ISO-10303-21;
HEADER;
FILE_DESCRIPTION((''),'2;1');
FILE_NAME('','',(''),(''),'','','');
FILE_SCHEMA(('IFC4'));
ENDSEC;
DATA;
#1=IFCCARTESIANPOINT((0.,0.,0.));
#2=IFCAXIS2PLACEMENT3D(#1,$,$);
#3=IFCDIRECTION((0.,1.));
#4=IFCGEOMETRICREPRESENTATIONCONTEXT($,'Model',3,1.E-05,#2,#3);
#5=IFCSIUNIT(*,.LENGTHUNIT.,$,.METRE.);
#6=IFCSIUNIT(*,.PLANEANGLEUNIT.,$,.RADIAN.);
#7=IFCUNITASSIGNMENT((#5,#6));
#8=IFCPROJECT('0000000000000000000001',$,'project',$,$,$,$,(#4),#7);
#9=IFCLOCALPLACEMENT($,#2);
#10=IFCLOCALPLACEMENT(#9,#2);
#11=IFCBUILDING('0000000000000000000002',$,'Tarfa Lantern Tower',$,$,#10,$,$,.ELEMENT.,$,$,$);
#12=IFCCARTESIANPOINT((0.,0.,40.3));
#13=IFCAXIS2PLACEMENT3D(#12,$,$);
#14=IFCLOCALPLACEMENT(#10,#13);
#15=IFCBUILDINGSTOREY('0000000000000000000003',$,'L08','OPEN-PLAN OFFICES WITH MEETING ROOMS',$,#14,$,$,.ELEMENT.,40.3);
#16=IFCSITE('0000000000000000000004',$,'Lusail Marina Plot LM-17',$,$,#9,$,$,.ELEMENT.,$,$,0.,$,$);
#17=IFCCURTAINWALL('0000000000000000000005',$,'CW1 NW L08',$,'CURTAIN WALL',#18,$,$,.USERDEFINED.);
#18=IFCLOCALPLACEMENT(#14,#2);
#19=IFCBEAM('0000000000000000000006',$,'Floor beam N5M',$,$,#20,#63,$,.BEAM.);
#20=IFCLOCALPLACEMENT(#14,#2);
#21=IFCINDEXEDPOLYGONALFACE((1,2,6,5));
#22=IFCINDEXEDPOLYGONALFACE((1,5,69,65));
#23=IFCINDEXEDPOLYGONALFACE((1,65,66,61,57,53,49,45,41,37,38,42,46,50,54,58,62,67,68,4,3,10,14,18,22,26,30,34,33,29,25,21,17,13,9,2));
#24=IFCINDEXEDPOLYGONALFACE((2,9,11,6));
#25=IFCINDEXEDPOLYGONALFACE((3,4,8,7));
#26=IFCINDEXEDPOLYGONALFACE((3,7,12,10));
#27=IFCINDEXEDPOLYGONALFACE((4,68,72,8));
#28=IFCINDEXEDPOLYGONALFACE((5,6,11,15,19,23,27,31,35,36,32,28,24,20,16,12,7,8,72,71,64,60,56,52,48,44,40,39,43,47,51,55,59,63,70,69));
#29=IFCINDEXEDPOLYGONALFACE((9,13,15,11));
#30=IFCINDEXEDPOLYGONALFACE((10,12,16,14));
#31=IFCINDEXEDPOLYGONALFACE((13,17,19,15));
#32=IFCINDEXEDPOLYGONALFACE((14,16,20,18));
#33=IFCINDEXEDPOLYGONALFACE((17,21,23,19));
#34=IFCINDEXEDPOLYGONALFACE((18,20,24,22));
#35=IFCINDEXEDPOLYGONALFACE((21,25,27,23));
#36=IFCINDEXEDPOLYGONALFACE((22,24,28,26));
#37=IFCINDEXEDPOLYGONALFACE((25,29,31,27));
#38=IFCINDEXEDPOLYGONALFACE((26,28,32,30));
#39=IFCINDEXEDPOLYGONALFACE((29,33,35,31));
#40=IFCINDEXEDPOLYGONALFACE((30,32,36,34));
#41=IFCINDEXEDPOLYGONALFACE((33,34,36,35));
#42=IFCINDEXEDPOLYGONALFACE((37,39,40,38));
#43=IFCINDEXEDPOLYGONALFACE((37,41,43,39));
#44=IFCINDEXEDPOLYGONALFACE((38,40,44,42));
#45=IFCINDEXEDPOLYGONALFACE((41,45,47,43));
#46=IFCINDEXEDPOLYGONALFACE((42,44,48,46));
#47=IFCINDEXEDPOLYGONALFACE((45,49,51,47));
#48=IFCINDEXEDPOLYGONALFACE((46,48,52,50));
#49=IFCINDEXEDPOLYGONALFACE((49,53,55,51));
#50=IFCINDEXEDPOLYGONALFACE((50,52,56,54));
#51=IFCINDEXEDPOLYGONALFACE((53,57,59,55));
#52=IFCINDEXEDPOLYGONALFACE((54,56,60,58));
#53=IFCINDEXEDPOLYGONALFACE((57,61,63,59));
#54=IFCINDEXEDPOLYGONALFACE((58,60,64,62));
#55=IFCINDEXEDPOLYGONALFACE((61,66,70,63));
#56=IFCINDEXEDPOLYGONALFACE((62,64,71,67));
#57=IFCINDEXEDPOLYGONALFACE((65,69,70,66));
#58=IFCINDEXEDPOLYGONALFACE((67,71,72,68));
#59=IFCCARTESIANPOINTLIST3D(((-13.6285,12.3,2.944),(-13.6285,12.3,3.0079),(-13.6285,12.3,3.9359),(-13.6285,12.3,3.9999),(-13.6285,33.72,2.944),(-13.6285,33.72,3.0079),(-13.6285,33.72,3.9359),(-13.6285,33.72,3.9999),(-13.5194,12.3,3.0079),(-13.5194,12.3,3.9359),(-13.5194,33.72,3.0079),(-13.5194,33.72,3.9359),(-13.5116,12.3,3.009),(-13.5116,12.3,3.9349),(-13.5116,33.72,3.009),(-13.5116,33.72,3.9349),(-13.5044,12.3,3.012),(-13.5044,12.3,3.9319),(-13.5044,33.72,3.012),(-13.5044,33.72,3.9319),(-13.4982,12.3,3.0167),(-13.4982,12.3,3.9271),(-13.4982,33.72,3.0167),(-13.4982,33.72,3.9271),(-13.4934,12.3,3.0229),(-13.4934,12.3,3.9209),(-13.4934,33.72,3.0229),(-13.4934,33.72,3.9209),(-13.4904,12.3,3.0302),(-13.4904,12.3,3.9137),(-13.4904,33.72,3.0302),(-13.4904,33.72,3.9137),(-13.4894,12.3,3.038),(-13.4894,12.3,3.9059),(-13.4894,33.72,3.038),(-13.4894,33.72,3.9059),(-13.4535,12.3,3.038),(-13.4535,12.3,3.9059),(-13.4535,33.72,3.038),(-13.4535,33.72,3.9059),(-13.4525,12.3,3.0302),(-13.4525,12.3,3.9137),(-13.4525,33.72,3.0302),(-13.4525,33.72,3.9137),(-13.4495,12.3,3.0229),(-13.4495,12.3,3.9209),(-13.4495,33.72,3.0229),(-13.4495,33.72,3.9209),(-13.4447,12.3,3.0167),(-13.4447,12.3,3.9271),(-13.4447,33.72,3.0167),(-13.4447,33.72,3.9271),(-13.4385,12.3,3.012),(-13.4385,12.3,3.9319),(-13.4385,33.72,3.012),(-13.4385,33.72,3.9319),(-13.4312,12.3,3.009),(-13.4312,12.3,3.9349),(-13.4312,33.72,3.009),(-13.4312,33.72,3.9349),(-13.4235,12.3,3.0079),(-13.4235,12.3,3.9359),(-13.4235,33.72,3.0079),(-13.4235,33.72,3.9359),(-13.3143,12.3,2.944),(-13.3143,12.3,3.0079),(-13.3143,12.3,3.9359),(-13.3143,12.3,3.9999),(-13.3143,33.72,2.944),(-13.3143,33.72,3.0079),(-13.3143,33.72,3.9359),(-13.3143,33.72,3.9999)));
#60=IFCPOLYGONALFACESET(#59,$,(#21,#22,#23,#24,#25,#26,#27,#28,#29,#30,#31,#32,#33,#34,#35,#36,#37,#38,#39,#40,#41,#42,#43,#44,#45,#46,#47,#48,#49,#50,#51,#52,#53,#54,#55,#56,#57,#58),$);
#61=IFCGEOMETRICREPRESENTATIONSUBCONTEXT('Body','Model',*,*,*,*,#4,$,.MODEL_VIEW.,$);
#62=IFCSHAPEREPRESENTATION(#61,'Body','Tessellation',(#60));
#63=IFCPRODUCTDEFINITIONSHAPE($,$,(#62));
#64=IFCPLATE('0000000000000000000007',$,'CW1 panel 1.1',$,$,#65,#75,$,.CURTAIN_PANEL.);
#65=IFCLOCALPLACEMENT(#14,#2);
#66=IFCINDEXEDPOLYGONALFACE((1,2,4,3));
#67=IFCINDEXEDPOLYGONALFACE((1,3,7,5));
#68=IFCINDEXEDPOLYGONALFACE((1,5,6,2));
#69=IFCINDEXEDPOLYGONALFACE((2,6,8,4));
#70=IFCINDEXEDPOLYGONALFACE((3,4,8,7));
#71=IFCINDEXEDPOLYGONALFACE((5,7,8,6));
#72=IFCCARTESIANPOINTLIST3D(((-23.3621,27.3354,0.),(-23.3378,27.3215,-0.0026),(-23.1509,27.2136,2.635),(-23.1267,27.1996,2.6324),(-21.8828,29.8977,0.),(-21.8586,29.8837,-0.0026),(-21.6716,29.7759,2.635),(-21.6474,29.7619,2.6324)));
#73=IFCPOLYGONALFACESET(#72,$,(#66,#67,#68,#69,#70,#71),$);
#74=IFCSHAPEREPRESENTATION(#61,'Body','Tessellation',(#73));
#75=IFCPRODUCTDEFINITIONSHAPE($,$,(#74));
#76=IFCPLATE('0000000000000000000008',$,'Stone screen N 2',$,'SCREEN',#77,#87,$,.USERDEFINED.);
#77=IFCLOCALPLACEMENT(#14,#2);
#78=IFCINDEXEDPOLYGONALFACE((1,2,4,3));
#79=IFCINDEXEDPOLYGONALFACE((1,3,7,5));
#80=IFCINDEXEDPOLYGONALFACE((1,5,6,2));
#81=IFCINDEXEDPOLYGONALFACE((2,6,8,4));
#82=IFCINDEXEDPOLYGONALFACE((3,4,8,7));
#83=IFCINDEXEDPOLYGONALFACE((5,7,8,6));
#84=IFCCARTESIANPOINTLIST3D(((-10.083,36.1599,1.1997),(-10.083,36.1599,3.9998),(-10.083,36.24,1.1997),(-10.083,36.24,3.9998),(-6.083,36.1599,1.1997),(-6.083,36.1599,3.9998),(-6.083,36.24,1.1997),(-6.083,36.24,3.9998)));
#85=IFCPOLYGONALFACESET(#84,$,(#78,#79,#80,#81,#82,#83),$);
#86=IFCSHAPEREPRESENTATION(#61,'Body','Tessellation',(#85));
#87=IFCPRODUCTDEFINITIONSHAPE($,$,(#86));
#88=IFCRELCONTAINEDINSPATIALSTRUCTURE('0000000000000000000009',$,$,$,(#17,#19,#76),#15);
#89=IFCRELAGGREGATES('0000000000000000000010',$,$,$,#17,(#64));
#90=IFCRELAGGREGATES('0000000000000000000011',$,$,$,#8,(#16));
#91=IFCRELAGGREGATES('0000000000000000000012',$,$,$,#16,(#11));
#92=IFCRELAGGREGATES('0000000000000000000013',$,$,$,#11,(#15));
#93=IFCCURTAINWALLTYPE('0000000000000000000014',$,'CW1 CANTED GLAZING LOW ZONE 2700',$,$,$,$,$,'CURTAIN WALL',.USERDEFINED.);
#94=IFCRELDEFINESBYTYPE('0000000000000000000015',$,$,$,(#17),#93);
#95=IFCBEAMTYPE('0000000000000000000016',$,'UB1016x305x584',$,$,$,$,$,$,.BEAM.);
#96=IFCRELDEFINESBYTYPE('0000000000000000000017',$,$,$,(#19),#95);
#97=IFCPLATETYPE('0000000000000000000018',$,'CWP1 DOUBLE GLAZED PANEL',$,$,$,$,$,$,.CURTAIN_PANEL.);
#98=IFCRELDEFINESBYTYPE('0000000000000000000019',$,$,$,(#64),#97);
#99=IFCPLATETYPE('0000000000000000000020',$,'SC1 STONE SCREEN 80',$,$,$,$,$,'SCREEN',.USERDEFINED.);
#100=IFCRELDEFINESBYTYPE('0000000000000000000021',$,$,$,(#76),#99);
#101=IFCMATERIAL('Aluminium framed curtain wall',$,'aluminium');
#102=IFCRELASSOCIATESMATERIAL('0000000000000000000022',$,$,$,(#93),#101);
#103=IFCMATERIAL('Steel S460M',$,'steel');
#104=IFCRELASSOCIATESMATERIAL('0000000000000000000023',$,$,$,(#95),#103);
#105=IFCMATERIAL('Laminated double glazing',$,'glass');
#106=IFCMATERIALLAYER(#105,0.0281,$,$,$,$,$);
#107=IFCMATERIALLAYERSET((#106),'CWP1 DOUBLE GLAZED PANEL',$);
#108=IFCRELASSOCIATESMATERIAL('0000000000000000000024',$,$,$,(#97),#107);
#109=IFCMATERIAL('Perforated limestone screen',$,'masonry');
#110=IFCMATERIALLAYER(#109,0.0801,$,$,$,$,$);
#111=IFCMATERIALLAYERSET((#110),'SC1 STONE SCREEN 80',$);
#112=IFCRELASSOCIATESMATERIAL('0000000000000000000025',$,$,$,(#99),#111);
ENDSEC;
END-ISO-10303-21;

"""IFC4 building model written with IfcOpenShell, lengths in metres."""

from ifc_helpers import new_model, si_unit, direction, frame, origin, origin_2d, place, context, subcontext, project, spatial, polyline, rectangle, i_section, outline, extrude, material, layer, layer_set, material_profile, profile_set, type_object, element, aggregate, save


model = new_model("IFC4")

# Units and contexts
model_context = context("Model", 3, precision=1e-05, world=origin(), true_north=direction((0.0, 1.0)))
body_context = subcontext(model_context, "Body", "Model", "MODEL_VIEW")
ifc_project = project(units=[si_unit("LENGTHUNIT", "METRE"), si_unit("PLANEANGLEUNIT", "RADIAN")], contexts=[model_context])

# Site, building, storey
site_placement = place(None, origin())
site = spatial("IfcSite", under=ifc_project, at=site_placement, Name="Lusail Marina Plot LM-17", CompositionType="ELEMENT", RefElevation=0.0)
building_placement = place(site_placement, origin())
building = spatial("IfcBuilding", under=site, at=building_placement, Name="Tarfa Lantern Tower", CompositionType="ELEMENT")
storey_placement = place(building_placement, frame((0.0, 0.0, 40.3)))
storey = spatial("IfcBuildingStorey", under=building, at=storey_placement, Name="L08", Description="OPEN-PLAN OFFICES WITH MEETING ROOMS", CompositionType="ELEMENT", Elevation=40.3)

# Curtain wall
ifc_material_1 = material(Name="Aluminium framed curtain wall", Category="aluminium")
curtain_wall_type = type_object("IfcCurtainWallType", Name="CW1 CANTED GLAZING LOW ZONE 2700", ElementType="CURTAIN WALL", PredefinedType="USERDEFINED", material=ifc_material_1)
curtain_wall_placement = place(storey_placement, origin())
curtain_wall = element("IfcCurtainWall", 1, at=curtain_wall_placement, inside=storey, type_object=curtain_wall_type, Name="CW1 NW L08", ObjectType="CURTAIN WALL", PredefinedType="USERDEFINED")

# Beam
ifc_material_2 = material(Name="Steel S460M", Category="steel")
ifc_material_profile_1 = material_profile(ifc_material_2, i_section(OverallWidth=0.3142, OverallDepth=1.0559, WebThickness=0.0359, FlangeThickness=0.064, FilletRadius=0.03, at=origin_2d()), Name="UB1016x305x584")
ifc_profile_set_1 = profile_set([ifc_material_profile_1], Name="Steel S460M")
beam_type_1 = type_object("IfcBeamType", Name="UB1016x305x584", PredefinedType="BEAM", material=ifc_profile_set_1)
for number, where, z_axis, x_axis, name in (
    (2, (-13.4714, 33.72, 3.4719), (0.0, -1.0, 0.0), (1.0, 0.0, 0.0), "Floor beam N5M"),
):
    element("IfcBeam", number, at=place(storey_placement, frame(where, z_axis=z_axis, x_axis=x_axis)), inside=storey, type_object=beam_type_1, Name=name, PredefinedType="BEAM", context=body_context, shape_type="SweptSolid", body=[
        extrude(i_section(OverallWidth=0.3142, OverallDepth=1.0559, WebThickness=0.0359, FlangeThickness=0.064, FilletRadius=0.03, at=origin_2d()), origin(), (0.0, 0.0, 1.0), 21.4199),
    ])

# Plates
ifc_material_3 = material(Name="Laminated double glazing", Category="glass")
ifc_layer_1 = layer(ifc_material_3, 0.0281)
ifc_layer_set_1 = layer_set([ifc_layer_1], Name="CWP1 DOUBLE GLAZED PANEL")
plate_type_1 = type_object("IfcPlateType", Name="CWP1 DOUBLE GLAZED PANEL", PredefinedType="CURTAIN_PANEL", material=ifc_layer_set_1)
plate_1_placement = place(storey_placement, frame((-21.8828, 29.8977, 0.0), z_axis=(-0.862353, 0.497856, 0.092131), x_axis=(-0.499982, -0.866036, 0.0)))
plate_1 = element("IfcPlate", 3, at=plate_1_placement, type_object=plate_type_1, Name="CW1 panel 1.1", PredefinedType="CURTAIN_PANEL", context=body_context, shape_type="SweptSolid", body=[
    extrude(outline(polyline([(0.0, 0.0), (2.9586, 0.0), (2.9585, 2.6463), (-0.0001, 2.6463), (0.0, 0.0)])), origin(), (0.0, 0.0, -1.0), 0.0281),
])
aggregate(curtain_wall, [plate_1])
ifc_material_4 = material(Name="Perforated limestone screen", Category="masonry")
ifc_layer_2 = layer(ifc_material_4, 0.0801)
ifc_layer_set_2 = layer_set([ifc_layer_2], Name="SC1 STONE SCREEN 80")
plate_type_2 = type_object("IfcPlateType", Name="SC1 STONE SCREEN 80", ElementType="SCREEN", PredefinedType="USERDEFINED", material=ifc_layer_set_2)
plate_2_placement = place(storey_placement, frame((-8.083, 36.2, 1.1997), z_axis=(0.0, 0.0, 1.0), x_axis=(-1.0, 0.0, 0.0)))
element("IfcPlate", 4, at=plate_2_placement, inside=storey, type_object=plate_type_2, Name="Stone screen N 2", ObjectType="SCREEN", PredefinedType="USERDEFINED", context=body_context, shape_type="SweptSolid", body=[
    extrude(rectangle(XDim=4.0, YDim=0.0801, at=origin_2d()), origin(), (0.0, 0.0, 1.0), 2.8),
])

save(model, "model.ifc")
